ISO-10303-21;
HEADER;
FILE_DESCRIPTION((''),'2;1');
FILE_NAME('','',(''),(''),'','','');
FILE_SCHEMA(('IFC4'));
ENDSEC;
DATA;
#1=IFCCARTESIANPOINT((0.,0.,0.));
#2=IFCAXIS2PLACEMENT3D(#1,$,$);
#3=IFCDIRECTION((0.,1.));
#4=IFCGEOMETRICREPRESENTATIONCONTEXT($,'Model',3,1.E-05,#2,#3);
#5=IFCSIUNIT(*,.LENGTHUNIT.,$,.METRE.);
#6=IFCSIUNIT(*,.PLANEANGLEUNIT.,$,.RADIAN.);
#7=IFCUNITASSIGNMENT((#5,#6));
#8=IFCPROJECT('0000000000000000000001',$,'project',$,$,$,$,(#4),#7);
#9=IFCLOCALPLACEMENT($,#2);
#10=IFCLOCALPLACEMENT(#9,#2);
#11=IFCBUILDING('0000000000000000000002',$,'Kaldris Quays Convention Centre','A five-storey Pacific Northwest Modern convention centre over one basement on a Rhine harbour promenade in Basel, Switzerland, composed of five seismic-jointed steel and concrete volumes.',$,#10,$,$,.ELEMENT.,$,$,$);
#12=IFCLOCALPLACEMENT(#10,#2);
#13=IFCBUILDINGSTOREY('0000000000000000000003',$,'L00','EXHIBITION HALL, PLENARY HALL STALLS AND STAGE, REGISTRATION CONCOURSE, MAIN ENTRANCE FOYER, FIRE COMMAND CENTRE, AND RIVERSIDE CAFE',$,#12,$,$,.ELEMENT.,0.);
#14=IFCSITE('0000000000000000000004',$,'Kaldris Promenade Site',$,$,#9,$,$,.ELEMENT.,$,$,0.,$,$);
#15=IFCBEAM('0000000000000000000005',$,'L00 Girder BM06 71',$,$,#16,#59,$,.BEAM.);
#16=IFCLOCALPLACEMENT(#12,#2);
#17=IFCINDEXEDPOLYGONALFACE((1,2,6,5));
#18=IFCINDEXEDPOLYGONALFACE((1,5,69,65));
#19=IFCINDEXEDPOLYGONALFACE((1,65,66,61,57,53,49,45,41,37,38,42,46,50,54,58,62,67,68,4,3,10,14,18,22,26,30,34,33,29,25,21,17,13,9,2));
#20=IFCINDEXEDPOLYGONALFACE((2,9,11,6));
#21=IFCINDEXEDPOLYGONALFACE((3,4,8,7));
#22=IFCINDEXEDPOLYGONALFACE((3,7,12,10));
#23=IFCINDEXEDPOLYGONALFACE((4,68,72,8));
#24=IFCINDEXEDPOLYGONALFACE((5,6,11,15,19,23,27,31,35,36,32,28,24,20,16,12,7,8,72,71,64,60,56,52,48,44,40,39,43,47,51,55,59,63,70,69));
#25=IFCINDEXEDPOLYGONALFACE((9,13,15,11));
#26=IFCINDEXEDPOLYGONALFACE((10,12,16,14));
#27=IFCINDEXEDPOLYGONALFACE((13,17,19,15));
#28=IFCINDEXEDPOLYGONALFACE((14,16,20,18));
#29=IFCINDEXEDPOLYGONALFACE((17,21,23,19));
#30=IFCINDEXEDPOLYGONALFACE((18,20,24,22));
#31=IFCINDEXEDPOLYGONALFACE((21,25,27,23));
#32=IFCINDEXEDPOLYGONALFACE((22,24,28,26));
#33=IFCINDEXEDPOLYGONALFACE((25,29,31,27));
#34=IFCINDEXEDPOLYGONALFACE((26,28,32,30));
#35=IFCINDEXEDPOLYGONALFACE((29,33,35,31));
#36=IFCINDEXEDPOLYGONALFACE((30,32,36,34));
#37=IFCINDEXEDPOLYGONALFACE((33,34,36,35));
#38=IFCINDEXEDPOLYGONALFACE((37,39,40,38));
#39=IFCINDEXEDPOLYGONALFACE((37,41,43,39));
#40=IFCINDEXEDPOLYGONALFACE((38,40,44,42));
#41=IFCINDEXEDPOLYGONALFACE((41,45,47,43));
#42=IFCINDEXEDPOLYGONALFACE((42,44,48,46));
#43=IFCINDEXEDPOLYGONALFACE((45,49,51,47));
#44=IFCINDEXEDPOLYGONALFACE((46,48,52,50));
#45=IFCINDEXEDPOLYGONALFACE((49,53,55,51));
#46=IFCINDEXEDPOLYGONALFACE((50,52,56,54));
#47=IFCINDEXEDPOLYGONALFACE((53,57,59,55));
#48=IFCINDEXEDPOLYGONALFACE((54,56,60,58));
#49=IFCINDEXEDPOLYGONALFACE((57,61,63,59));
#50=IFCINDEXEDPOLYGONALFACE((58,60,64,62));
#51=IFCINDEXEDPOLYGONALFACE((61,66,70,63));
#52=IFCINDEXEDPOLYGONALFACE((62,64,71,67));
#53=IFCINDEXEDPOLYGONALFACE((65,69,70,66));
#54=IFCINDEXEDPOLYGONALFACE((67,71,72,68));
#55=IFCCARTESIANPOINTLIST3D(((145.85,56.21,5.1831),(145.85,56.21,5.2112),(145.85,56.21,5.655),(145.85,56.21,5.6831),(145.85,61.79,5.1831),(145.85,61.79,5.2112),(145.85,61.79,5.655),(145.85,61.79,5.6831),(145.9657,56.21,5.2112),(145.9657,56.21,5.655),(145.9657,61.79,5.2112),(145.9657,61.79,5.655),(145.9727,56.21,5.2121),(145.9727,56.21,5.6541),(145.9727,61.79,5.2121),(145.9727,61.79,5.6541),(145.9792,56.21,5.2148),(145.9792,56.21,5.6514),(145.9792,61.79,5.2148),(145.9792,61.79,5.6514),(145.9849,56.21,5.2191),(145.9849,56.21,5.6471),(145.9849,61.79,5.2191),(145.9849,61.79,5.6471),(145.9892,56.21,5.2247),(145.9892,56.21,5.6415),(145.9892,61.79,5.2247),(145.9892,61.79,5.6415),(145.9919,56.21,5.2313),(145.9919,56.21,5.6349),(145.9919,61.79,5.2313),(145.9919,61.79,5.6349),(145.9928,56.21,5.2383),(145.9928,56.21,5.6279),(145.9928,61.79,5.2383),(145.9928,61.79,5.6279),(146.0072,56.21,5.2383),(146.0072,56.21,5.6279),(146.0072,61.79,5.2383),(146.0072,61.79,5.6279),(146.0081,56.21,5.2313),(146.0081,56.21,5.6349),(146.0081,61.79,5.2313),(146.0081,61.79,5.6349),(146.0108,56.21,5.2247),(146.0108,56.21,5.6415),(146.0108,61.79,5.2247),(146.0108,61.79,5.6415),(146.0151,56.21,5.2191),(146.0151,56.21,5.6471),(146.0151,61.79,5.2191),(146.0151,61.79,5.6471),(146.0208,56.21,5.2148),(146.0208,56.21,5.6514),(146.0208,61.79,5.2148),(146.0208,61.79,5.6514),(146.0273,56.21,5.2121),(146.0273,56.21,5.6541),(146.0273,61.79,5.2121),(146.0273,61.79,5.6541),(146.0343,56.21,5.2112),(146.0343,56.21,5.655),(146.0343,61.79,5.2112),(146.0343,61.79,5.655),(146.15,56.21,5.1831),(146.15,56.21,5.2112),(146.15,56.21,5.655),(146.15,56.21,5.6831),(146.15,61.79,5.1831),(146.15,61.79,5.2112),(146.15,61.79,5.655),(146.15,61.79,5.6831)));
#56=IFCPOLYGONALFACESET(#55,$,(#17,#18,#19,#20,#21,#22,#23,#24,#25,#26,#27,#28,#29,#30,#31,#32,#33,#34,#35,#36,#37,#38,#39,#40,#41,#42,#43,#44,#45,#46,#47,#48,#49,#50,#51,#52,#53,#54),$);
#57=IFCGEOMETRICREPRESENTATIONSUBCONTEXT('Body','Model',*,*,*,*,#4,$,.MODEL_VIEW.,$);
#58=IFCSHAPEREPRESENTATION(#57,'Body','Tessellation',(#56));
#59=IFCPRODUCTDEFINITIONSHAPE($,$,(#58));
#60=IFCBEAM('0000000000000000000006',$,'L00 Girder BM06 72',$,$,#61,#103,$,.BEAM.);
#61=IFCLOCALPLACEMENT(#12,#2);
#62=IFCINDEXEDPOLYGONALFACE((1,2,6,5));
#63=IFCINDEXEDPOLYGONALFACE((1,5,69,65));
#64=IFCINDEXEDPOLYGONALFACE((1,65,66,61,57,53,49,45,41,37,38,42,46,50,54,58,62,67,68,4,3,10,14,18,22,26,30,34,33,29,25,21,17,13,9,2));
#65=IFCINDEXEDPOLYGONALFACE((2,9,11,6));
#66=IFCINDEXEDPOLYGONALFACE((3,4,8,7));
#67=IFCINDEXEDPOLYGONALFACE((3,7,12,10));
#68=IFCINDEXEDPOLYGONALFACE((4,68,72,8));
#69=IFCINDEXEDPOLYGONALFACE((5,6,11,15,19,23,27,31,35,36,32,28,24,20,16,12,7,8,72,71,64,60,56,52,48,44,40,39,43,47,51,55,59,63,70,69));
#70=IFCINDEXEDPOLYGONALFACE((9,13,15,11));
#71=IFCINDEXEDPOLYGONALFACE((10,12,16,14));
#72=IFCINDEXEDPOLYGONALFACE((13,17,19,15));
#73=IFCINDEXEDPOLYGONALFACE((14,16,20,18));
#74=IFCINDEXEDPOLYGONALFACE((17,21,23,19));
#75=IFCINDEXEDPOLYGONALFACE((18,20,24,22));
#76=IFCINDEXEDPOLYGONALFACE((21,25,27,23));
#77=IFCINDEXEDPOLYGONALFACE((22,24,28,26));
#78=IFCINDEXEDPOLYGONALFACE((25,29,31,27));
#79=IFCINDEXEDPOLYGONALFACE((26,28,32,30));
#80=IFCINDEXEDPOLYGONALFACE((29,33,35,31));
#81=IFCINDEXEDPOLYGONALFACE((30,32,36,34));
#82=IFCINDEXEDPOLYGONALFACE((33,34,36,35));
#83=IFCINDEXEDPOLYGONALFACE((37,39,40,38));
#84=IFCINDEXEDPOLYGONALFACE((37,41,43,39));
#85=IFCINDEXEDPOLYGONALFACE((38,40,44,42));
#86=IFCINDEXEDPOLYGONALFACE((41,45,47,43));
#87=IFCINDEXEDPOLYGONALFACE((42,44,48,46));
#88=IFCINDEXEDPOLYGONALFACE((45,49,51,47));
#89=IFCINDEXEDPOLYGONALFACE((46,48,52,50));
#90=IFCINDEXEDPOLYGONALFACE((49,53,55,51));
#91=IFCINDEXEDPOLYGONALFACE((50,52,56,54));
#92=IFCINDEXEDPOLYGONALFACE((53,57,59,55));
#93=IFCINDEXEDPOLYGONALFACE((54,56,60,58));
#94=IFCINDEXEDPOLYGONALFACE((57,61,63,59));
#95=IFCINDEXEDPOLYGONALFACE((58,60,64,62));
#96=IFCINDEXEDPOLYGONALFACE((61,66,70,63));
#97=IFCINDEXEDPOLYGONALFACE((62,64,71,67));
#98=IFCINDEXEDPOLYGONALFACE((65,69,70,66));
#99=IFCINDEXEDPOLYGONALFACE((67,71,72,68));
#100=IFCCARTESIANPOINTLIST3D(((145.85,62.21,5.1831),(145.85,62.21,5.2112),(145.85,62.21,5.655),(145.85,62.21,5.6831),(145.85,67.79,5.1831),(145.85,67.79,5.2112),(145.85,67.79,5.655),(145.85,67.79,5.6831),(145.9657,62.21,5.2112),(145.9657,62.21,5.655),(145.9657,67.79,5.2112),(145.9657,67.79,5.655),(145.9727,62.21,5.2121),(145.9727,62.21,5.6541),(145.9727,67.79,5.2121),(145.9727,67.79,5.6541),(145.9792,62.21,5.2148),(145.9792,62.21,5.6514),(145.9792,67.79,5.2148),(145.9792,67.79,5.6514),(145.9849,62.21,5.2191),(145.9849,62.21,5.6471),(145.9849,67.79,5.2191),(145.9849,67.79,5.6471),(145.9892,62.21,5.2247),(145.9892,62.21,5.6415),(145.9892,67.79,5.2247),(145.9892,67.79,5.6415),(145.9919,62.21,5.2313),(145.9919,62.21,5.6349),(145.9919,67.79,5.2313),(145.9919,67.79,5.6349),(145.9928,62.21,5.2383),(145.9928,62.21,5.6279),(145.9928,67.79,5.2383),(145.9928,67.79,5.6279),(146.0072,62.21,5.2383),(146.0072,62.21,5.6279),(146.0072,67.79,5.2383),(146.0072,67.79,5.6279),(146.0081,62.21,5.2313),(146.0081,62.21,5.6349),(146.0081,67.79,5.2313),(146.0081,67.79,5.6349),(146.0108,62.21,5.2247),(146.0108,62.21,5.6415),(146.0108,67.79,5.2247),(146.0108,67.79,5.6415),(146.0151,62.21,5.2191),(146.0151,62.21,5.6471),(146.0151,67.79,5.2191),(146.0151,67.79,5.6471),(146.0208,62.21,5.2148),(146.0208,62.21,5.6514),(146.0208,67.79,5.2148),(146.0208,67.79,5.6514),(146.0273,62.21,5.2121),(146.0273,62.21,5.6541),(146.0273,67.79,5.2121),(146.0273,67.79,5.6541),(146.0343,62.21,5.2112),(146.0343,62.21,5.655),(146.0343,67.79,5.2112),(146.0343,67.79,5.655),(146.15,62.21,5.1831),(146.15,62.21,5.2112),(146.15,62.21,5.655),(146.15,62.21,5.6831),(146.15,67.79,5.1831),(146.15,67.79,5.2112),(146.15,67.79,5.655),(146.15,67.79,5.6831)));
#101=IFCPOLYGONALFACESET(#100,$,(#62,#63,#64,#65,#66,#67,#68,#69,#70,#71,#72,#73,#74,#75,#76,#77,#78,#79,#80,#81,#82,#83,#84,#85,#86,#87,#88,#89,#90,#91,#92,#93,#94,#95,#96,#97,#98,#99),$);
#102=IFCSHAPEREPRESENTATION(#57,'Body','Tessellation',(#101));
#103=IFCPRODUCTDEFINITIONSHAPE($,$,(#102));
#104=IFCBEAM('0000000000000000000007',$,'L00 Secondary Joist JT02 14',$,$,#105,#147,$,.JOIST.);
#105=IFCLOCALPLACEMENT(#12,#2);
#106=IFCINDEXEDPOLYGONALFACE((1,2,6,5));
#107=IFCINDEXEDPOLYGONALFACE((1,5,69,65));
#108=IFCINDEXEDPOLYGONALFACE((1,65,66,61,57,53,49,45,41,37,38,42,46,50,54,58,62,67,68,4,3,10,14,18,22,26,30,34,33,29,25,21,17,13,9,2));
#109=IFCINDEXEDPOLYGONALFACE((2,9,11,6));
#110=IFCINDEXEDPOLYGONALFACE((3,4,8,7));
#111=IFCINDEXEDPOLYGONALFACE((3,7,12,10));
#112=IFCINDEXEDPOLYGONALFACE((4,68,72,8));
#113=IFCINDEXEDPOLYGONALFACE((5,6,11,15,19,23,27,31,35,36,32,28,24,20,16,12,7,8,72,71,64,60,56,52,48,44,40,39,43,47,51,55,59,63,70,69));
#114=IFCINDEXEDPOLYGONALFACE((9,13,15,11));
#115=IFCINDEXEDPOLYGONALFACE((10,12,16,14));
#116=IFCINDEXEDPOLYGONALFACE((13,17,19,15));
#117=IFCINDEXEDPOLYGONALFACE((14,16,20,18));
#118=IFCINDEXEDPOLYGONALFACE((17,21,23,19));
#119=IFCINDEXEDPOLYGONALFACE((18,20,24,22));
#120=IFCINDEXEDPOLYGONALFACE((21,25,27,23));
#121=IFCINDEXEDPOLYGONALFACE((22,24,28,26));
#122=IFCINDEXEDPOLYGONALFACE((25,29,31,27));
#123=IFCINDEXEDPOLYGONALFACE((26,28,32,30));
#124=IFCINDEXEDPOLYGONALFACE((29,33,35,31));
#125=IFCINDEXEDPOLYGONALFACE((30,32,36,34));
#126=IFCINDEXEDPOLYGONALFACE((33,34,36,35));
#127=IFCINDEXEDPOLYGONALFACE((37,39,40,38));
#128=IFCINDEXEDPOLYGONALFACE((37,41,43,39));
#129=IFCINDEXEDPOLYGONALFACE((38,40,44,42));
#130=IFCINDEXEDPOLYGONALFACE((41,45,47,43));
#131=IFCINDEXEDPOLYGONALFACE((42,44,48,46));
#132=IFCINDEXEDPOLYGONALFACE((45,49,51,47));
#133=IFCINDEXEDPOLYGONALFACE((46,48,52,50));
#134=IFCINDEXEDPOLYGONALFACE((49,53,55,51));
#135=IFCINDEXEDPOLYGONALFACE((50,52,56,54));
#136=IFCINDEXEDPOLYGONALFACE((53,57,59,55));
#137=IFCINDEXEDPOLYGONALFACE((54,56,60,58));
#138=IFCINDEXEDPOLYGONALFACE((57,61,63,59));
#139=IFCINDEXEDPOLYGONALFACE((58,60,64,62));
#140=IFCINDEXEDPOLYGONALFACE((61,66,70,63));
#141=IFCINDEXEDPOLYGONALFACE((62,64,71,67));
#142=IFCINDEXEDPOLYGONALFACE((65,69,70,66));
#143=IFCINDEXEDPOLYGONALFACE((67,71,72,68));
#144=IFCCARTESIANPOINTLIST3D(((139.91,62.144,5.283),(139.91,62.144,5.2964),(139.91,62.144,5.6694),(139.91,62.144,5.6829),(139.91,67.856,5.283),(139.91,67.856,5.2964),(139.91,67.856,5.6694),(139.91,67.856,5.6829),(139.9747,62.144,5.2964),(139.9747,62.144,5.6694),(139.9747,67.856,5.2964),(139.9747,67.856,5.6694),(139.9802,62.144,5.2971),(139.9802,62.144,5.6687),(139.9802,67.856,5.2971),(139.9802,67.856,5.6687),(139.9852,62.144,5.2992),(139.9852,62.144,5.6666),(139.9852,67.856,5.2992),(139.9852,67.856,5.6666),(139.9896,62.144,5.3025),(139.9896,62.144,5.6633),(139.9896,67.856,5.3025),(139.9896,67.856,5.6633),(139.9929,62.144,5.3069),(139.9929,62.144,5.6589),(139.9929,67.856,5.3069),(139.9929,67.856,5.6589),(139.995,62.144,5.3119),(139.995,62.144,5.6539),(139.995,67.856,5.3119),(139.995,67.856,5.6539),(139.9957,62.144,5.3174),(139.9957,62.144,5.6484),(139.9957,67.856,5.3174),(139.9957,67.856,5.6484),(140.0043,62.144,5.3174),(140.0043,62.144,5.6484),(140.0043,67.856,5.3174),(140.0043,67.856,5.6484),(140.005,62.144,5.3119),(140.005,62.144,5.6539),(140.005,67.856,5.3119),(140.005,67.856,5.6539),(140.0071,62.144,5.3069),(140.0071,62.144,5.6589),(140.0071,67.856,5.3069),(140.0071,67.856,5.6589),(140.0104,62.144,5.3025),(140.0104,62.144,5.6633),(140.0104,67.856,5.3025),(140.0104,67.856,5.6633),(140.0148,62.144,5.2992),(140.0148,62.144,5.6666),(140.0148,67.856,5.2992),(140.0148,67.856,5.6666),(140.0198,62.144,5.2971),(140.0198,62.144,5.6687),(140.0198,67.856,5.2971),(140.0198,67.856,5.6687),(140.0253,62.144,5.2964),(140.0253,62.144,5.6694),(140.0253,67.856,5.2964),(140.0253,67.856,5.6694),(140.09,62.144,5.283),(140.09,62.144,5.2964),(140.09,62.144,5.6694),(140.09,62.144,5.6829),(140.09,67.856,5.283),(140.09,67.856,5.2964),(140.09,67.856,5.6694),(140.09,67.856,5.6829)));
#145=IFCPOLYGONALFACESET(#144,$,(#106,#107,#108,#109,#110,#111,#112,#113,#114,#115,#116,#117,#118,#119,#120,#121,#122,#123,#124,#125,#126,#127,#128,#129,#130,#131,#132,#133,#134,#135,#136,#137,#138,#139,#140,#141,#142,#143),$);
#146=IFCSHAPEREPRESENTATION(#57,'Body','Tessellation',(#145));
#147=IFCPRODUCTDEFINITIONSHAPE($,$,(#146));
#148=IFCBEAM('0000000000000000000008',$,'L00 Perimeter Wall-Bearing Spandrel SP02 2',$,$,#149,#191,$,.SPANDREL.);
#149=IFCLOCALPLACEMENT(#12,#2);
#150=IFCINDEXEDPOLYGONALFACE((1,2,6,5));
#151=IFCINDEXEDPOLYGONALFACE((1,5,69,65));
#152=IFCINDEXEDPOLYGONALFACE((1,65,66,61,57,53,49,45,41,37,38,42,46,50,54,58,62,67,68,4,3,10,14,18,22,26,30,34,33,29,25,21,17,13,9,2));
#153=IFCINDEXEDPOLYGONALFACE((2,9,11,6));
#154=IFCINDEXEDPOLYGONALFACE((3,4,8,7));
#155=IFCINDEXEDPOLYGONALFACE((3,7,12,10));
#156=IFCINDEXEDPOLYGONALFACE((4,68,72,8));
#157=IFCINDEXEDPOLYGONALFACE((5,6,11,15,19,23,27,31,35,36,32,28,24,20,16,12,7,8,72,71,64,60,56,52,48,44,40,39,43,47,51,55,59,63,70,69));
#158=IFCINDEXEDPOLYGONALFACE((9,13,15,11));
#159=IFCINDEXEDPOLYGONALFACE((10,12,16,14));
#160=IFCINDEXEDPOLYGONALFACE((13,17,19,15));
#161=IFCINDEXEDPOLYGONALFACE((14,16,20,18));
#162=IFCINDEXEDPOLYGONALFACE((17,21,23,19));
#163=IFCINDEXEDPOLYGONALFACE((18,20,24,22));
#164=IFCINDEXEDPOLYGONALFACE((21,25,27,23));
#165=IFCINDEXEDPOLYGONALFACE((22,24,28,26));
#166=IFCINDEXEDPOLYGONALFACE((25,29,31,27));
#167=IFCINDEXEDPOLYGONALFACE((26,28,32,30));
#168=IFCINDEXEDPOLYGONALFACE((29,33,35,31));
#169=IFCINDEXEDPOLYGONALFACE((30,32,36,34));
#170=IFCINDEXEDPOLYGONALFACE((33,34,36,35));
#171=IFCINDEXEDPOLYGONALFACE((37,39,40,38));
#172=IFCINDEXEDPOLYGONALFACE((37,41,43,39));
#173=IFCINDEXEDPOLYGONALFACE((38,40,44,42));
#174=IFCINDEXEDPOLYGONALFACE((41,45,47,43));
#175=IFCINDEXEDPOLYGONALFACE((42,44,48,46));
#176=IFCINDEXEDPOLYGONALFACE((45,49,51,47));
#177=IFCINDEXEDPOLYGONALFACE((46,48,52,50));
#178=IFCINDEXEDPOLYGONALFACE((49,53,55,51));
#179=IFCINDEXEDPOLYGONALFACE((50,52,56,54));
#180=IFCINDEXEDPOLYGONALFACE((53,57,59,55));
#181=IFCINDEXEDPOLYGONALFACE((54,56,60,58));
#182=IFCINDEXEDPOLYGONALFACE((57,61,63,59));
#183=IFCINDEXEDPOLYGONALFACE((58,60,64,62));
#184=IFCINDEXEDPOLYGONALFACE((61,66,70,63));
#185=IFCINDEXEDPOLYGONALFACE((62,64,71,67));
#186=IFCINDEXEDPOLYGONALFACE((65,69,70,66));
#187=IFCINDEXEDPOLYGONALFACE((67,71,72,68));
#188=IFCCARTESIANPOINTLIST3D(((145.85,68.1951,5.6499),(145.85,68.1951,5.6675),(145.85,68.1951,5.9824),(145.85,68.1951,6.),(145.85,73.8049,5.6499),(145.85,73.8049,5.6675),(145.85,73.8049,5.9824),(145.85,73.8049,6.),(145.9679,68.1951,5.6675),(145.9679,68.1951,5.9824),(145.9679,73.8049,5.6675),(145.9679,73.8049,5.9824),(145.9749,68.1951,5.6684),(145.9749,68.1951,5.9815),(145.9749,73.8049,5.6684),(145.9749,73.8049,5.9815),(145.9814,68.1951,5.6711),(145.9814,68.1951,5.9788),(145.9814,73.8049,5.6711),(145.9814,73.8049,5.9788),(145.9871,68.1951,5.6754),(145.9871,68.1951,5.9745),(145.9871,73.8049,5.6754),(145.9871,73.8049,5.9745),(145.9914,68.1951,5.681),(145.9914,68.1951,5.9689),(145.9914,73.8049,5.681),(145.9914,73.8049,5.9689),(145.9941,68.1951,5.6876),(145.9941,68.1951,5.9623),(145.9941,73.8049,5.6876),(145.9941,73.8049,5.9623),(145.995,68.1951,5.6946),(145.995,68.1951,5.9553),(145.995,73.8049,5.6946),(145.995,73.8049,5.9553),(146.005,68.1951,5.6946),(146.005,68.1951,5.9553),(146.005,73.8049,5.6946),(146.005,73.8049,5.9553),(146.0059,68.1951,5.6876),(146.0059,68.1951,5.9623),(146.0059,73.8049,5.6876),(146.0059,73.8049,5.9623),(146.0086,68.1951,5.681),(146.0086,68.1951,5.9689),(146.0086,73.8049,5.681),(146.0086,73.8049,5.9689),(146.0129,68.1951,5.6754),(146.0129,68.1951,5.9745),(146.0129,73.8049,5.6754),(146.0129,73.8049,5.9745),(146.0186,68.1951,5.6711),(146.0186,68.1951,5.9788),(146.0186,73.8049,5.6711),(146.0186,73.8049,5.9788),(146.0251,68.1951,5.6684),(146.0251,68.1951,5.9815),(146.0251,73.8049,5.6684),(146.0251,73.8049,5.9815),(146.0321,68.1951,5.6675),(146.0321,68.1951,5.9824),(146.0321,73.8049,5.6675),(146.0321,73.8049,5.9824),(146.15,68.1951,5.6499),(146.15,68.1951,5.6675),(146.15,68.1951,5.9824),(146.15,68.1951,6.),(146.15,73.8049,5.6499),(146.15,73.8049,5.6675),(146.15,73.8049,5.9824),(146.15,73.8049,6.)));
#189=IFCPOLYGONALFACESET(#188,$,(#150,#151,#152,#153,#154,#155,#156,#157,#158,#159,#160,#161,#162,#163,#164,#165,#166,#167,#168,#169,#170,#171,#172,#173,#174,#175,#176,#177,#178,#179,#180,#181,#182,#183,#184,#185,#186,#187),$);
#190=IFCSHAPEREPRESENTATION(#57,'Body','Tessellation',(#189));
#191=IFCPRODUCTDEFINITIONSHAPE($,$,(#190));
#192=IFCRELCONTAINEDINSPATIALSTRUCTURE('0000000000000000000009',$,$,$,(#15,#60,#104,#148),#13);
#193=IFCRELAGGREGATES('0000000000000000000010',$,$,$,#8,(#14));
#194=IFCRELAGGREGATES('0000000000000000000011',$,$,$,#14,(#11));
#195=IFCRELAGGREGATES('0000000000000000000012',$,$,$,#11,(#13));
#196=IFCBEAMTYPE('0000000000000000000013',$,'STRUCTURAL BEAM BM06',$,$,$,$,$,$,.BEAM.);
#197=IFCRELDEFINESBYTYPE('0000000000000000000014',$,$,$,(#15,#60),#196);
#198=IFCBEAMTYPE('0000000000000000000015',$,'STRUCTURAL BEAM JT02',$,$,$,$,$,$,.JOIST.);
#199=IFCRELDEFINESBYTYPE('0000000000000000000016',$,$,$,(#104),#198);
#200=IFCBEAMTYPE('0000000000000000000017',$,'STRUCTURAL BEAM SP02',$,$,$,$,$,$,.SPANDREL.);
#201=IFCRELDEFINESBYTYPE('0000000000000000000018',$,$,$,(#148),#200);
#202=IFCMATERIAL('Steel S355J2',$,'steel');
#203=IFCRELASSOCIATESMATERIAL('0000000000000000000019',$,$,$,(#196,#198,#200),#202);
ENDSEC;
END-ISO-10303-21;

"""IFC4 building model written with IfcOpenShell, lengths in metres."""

from ifc_helpers import new_model, si_unit, direction, frame, origin, origin_2d, place, context, subcontext, project, spatial, i_section, extrude, material, material_profile, profile_set, type_object, element, save


model = new_model("IFC4")

# Units and contexts
model_context = context("Model", 3, precision=1e-05, world=origin(), true_north=direction((0.0, 1.0)))
body_context = subcontext(model_context, "Body", "Model", "MODEL_VIEW")
ifc_project = project(units=[si_unit("LENGTHUNIT", "METRE"), si_unit("PLANEANGLEUNIT", "RADIAN")], contexts=[model_context])

# Site, building, storey
site_placement = place(None, origin())
site = spatial("IfcSite", under=ifc_project, at=site_placement, Name="Kaldris Promenade Site", CompositionType="ELEMENT", RefElevation=0.0)
building_placement = place(site_placement, origin())
building = spatial("IfcBuilding", under=site, at=building_placement, Name="Kaldris Quays Convention Centre", Description="A five-storey Pacific Northwest Modern convention centre over one basement on a Rhine harbour promenade in Basel, Switzerland, composed of five seismic-jointed steel and concrete volumes.", CompositionType="ELEMENT")
storey_placement = place(building_placement, origin())
storey = spatial("IfcBuildingStorey", under=building, at=storey_placement, Name="L00", Description="EXHIBITION HALL, PLENARY HALL STALLS AND STAGE, REGISTRATION CONCOURSE, MAIN ENTRANCE FOYER, FIRE COMMAND CENTRE, AND RIVERSIDE CAFE", CompositionType="ELEMENT", Elevation=0.0)

# Shared definitions
ifc_material_1 = material(Name="Steel S355J2", Category="steel")

# Beams
ifc_material_profile_1 = material_profile(ifc_material_1, i_section(OverallWidth=0.3, OverallDepth=0.5, WebThickness=0.0144, FlangeThickness=0.0281, FilletRadius=0.0271, at=origin_2d()), Name="HEB 500")
ifc_profile_set_1 = profile_set([ifc_material_profile_1], Name="Steel S355J2")
beam_type_1 = type_object("IfcBeamType", Name="STRUCTURAL BEAM BM06", PredefinedType="BEAM", material=ifc_profile_set_1)
for number, where, z_axis, x_axis, name in (
    (1, (146.0, 56.21, 5.4331), (0.0, 1.0, 0.0), (-1.0, 0.0, 0.0), "L00 Girder BM06 71"),
    (2, (146.0, 62.21, 5.4331), (0.0, 1.0, 0.0), (-1.0, 0.0, 0.0), "L00 Girder BM06 72"),
):
    element("IfcBeam", number, at=place(storey_placement, frame(where, z_axis=z_axis, x_axis=x_axis)), inside=storey, type_object=beam_type_1, Name=name, PredefinedType="BEAM", context=body_context, shape_type="SweptSolid", body=[
        extrude(i_section(OverallWidth=0.3, OverallDepth=0.5, WebThickness=0.0144, FlangeThickness=0.0281, FilletRadius=0.0271, at=origin_2d()), origin(), (0.0, 0.0, 1.0), 5.5801),
    ])
ifc_material_profile_2 = material_profile(ifc_material_1, i_section(OverallWidth=0.1799, OverallDepth=0.3999, WebThickness=0.0085, FlangeThickness=0.0134, FilletRadius=0.021, at=origin_2d()), Name="IPE 400")
ifc_profile_set_2 = profile_set([ifc_material_profile_2], Name="Steel S355J2")
beam_type_2 = type_object("IfcBeamType", Name="STRUCTURAL BEAM JT02", PredefinedType="JOIST", material=ifc_profile_set_2)
beam_1_placement = place(storey_placement, frame((140.0, 62.144, 5.4829), z_axis=(0.0, 1.0, 0.0), x_axis=(-1.0, 0.0, 0.0)))
element("IfcBeam", 3, at=beam_1_placement, inside=storey, type_object=beam_type_2, Name="L00 Secondary Joist JT02 14", PredefinedType="JOIST", context=body_context, shape_type="SweptSolid", body=[
    extrude(i_section(OverallWidth=0.1799, OverallDepth=0.3999, WebThickness=0.0085, FlangeThickness=0.0134, FilletRadius=0.021, at=origin_2d()), origin(), (0.0, 0.0, 1.0), 5.7119),
])
ifc_material_profile_3 = material_profile(ifc_material_1, i_section(OverallWidth=0.3, OverallDepth=0.3501, WebThickness=0.01, FlangeThickness=0.0176, FilletRadius=0.0271, at=origin_2d()), Name="HEA 360")
ifc_profile_set_3 = profile_set([ifc_material_profile_3], Name="Steel S355J2")
beam_type_3 = type_object("IfcBeamType", Name="STRUCTURAL BEAM SP02", PredefinedType="SPANDREL", material=ifc_profile_set_3)
beam_2_placement = place(storey_placement, frame((146.0, 68.1951, 5.825), z_axis=(0.0, 1.0, 0.0), x_axis=(-1.0, 0.0, 0.0)))
element("IfcBeam", 4, at=beam_2_placement, inside=storey, type_object=beam_type_3, Name="L00 Perimeter Wall-Bearing Spandrel SP02 2", PredefinedType="SPANDREL", context=body_context, shape_type="SweptSolid", body=[
    extrude(i_section(OverallWidth=0.3, OverallDepth=0.3501, WebThickness=0.01, FlangeThickness=0.0176, FilletRadius=0.0271, at=origin_2d()), origin(), (0.0, 0.0, 1.0), 5.6099),
])

save(model, "model.ifc")
